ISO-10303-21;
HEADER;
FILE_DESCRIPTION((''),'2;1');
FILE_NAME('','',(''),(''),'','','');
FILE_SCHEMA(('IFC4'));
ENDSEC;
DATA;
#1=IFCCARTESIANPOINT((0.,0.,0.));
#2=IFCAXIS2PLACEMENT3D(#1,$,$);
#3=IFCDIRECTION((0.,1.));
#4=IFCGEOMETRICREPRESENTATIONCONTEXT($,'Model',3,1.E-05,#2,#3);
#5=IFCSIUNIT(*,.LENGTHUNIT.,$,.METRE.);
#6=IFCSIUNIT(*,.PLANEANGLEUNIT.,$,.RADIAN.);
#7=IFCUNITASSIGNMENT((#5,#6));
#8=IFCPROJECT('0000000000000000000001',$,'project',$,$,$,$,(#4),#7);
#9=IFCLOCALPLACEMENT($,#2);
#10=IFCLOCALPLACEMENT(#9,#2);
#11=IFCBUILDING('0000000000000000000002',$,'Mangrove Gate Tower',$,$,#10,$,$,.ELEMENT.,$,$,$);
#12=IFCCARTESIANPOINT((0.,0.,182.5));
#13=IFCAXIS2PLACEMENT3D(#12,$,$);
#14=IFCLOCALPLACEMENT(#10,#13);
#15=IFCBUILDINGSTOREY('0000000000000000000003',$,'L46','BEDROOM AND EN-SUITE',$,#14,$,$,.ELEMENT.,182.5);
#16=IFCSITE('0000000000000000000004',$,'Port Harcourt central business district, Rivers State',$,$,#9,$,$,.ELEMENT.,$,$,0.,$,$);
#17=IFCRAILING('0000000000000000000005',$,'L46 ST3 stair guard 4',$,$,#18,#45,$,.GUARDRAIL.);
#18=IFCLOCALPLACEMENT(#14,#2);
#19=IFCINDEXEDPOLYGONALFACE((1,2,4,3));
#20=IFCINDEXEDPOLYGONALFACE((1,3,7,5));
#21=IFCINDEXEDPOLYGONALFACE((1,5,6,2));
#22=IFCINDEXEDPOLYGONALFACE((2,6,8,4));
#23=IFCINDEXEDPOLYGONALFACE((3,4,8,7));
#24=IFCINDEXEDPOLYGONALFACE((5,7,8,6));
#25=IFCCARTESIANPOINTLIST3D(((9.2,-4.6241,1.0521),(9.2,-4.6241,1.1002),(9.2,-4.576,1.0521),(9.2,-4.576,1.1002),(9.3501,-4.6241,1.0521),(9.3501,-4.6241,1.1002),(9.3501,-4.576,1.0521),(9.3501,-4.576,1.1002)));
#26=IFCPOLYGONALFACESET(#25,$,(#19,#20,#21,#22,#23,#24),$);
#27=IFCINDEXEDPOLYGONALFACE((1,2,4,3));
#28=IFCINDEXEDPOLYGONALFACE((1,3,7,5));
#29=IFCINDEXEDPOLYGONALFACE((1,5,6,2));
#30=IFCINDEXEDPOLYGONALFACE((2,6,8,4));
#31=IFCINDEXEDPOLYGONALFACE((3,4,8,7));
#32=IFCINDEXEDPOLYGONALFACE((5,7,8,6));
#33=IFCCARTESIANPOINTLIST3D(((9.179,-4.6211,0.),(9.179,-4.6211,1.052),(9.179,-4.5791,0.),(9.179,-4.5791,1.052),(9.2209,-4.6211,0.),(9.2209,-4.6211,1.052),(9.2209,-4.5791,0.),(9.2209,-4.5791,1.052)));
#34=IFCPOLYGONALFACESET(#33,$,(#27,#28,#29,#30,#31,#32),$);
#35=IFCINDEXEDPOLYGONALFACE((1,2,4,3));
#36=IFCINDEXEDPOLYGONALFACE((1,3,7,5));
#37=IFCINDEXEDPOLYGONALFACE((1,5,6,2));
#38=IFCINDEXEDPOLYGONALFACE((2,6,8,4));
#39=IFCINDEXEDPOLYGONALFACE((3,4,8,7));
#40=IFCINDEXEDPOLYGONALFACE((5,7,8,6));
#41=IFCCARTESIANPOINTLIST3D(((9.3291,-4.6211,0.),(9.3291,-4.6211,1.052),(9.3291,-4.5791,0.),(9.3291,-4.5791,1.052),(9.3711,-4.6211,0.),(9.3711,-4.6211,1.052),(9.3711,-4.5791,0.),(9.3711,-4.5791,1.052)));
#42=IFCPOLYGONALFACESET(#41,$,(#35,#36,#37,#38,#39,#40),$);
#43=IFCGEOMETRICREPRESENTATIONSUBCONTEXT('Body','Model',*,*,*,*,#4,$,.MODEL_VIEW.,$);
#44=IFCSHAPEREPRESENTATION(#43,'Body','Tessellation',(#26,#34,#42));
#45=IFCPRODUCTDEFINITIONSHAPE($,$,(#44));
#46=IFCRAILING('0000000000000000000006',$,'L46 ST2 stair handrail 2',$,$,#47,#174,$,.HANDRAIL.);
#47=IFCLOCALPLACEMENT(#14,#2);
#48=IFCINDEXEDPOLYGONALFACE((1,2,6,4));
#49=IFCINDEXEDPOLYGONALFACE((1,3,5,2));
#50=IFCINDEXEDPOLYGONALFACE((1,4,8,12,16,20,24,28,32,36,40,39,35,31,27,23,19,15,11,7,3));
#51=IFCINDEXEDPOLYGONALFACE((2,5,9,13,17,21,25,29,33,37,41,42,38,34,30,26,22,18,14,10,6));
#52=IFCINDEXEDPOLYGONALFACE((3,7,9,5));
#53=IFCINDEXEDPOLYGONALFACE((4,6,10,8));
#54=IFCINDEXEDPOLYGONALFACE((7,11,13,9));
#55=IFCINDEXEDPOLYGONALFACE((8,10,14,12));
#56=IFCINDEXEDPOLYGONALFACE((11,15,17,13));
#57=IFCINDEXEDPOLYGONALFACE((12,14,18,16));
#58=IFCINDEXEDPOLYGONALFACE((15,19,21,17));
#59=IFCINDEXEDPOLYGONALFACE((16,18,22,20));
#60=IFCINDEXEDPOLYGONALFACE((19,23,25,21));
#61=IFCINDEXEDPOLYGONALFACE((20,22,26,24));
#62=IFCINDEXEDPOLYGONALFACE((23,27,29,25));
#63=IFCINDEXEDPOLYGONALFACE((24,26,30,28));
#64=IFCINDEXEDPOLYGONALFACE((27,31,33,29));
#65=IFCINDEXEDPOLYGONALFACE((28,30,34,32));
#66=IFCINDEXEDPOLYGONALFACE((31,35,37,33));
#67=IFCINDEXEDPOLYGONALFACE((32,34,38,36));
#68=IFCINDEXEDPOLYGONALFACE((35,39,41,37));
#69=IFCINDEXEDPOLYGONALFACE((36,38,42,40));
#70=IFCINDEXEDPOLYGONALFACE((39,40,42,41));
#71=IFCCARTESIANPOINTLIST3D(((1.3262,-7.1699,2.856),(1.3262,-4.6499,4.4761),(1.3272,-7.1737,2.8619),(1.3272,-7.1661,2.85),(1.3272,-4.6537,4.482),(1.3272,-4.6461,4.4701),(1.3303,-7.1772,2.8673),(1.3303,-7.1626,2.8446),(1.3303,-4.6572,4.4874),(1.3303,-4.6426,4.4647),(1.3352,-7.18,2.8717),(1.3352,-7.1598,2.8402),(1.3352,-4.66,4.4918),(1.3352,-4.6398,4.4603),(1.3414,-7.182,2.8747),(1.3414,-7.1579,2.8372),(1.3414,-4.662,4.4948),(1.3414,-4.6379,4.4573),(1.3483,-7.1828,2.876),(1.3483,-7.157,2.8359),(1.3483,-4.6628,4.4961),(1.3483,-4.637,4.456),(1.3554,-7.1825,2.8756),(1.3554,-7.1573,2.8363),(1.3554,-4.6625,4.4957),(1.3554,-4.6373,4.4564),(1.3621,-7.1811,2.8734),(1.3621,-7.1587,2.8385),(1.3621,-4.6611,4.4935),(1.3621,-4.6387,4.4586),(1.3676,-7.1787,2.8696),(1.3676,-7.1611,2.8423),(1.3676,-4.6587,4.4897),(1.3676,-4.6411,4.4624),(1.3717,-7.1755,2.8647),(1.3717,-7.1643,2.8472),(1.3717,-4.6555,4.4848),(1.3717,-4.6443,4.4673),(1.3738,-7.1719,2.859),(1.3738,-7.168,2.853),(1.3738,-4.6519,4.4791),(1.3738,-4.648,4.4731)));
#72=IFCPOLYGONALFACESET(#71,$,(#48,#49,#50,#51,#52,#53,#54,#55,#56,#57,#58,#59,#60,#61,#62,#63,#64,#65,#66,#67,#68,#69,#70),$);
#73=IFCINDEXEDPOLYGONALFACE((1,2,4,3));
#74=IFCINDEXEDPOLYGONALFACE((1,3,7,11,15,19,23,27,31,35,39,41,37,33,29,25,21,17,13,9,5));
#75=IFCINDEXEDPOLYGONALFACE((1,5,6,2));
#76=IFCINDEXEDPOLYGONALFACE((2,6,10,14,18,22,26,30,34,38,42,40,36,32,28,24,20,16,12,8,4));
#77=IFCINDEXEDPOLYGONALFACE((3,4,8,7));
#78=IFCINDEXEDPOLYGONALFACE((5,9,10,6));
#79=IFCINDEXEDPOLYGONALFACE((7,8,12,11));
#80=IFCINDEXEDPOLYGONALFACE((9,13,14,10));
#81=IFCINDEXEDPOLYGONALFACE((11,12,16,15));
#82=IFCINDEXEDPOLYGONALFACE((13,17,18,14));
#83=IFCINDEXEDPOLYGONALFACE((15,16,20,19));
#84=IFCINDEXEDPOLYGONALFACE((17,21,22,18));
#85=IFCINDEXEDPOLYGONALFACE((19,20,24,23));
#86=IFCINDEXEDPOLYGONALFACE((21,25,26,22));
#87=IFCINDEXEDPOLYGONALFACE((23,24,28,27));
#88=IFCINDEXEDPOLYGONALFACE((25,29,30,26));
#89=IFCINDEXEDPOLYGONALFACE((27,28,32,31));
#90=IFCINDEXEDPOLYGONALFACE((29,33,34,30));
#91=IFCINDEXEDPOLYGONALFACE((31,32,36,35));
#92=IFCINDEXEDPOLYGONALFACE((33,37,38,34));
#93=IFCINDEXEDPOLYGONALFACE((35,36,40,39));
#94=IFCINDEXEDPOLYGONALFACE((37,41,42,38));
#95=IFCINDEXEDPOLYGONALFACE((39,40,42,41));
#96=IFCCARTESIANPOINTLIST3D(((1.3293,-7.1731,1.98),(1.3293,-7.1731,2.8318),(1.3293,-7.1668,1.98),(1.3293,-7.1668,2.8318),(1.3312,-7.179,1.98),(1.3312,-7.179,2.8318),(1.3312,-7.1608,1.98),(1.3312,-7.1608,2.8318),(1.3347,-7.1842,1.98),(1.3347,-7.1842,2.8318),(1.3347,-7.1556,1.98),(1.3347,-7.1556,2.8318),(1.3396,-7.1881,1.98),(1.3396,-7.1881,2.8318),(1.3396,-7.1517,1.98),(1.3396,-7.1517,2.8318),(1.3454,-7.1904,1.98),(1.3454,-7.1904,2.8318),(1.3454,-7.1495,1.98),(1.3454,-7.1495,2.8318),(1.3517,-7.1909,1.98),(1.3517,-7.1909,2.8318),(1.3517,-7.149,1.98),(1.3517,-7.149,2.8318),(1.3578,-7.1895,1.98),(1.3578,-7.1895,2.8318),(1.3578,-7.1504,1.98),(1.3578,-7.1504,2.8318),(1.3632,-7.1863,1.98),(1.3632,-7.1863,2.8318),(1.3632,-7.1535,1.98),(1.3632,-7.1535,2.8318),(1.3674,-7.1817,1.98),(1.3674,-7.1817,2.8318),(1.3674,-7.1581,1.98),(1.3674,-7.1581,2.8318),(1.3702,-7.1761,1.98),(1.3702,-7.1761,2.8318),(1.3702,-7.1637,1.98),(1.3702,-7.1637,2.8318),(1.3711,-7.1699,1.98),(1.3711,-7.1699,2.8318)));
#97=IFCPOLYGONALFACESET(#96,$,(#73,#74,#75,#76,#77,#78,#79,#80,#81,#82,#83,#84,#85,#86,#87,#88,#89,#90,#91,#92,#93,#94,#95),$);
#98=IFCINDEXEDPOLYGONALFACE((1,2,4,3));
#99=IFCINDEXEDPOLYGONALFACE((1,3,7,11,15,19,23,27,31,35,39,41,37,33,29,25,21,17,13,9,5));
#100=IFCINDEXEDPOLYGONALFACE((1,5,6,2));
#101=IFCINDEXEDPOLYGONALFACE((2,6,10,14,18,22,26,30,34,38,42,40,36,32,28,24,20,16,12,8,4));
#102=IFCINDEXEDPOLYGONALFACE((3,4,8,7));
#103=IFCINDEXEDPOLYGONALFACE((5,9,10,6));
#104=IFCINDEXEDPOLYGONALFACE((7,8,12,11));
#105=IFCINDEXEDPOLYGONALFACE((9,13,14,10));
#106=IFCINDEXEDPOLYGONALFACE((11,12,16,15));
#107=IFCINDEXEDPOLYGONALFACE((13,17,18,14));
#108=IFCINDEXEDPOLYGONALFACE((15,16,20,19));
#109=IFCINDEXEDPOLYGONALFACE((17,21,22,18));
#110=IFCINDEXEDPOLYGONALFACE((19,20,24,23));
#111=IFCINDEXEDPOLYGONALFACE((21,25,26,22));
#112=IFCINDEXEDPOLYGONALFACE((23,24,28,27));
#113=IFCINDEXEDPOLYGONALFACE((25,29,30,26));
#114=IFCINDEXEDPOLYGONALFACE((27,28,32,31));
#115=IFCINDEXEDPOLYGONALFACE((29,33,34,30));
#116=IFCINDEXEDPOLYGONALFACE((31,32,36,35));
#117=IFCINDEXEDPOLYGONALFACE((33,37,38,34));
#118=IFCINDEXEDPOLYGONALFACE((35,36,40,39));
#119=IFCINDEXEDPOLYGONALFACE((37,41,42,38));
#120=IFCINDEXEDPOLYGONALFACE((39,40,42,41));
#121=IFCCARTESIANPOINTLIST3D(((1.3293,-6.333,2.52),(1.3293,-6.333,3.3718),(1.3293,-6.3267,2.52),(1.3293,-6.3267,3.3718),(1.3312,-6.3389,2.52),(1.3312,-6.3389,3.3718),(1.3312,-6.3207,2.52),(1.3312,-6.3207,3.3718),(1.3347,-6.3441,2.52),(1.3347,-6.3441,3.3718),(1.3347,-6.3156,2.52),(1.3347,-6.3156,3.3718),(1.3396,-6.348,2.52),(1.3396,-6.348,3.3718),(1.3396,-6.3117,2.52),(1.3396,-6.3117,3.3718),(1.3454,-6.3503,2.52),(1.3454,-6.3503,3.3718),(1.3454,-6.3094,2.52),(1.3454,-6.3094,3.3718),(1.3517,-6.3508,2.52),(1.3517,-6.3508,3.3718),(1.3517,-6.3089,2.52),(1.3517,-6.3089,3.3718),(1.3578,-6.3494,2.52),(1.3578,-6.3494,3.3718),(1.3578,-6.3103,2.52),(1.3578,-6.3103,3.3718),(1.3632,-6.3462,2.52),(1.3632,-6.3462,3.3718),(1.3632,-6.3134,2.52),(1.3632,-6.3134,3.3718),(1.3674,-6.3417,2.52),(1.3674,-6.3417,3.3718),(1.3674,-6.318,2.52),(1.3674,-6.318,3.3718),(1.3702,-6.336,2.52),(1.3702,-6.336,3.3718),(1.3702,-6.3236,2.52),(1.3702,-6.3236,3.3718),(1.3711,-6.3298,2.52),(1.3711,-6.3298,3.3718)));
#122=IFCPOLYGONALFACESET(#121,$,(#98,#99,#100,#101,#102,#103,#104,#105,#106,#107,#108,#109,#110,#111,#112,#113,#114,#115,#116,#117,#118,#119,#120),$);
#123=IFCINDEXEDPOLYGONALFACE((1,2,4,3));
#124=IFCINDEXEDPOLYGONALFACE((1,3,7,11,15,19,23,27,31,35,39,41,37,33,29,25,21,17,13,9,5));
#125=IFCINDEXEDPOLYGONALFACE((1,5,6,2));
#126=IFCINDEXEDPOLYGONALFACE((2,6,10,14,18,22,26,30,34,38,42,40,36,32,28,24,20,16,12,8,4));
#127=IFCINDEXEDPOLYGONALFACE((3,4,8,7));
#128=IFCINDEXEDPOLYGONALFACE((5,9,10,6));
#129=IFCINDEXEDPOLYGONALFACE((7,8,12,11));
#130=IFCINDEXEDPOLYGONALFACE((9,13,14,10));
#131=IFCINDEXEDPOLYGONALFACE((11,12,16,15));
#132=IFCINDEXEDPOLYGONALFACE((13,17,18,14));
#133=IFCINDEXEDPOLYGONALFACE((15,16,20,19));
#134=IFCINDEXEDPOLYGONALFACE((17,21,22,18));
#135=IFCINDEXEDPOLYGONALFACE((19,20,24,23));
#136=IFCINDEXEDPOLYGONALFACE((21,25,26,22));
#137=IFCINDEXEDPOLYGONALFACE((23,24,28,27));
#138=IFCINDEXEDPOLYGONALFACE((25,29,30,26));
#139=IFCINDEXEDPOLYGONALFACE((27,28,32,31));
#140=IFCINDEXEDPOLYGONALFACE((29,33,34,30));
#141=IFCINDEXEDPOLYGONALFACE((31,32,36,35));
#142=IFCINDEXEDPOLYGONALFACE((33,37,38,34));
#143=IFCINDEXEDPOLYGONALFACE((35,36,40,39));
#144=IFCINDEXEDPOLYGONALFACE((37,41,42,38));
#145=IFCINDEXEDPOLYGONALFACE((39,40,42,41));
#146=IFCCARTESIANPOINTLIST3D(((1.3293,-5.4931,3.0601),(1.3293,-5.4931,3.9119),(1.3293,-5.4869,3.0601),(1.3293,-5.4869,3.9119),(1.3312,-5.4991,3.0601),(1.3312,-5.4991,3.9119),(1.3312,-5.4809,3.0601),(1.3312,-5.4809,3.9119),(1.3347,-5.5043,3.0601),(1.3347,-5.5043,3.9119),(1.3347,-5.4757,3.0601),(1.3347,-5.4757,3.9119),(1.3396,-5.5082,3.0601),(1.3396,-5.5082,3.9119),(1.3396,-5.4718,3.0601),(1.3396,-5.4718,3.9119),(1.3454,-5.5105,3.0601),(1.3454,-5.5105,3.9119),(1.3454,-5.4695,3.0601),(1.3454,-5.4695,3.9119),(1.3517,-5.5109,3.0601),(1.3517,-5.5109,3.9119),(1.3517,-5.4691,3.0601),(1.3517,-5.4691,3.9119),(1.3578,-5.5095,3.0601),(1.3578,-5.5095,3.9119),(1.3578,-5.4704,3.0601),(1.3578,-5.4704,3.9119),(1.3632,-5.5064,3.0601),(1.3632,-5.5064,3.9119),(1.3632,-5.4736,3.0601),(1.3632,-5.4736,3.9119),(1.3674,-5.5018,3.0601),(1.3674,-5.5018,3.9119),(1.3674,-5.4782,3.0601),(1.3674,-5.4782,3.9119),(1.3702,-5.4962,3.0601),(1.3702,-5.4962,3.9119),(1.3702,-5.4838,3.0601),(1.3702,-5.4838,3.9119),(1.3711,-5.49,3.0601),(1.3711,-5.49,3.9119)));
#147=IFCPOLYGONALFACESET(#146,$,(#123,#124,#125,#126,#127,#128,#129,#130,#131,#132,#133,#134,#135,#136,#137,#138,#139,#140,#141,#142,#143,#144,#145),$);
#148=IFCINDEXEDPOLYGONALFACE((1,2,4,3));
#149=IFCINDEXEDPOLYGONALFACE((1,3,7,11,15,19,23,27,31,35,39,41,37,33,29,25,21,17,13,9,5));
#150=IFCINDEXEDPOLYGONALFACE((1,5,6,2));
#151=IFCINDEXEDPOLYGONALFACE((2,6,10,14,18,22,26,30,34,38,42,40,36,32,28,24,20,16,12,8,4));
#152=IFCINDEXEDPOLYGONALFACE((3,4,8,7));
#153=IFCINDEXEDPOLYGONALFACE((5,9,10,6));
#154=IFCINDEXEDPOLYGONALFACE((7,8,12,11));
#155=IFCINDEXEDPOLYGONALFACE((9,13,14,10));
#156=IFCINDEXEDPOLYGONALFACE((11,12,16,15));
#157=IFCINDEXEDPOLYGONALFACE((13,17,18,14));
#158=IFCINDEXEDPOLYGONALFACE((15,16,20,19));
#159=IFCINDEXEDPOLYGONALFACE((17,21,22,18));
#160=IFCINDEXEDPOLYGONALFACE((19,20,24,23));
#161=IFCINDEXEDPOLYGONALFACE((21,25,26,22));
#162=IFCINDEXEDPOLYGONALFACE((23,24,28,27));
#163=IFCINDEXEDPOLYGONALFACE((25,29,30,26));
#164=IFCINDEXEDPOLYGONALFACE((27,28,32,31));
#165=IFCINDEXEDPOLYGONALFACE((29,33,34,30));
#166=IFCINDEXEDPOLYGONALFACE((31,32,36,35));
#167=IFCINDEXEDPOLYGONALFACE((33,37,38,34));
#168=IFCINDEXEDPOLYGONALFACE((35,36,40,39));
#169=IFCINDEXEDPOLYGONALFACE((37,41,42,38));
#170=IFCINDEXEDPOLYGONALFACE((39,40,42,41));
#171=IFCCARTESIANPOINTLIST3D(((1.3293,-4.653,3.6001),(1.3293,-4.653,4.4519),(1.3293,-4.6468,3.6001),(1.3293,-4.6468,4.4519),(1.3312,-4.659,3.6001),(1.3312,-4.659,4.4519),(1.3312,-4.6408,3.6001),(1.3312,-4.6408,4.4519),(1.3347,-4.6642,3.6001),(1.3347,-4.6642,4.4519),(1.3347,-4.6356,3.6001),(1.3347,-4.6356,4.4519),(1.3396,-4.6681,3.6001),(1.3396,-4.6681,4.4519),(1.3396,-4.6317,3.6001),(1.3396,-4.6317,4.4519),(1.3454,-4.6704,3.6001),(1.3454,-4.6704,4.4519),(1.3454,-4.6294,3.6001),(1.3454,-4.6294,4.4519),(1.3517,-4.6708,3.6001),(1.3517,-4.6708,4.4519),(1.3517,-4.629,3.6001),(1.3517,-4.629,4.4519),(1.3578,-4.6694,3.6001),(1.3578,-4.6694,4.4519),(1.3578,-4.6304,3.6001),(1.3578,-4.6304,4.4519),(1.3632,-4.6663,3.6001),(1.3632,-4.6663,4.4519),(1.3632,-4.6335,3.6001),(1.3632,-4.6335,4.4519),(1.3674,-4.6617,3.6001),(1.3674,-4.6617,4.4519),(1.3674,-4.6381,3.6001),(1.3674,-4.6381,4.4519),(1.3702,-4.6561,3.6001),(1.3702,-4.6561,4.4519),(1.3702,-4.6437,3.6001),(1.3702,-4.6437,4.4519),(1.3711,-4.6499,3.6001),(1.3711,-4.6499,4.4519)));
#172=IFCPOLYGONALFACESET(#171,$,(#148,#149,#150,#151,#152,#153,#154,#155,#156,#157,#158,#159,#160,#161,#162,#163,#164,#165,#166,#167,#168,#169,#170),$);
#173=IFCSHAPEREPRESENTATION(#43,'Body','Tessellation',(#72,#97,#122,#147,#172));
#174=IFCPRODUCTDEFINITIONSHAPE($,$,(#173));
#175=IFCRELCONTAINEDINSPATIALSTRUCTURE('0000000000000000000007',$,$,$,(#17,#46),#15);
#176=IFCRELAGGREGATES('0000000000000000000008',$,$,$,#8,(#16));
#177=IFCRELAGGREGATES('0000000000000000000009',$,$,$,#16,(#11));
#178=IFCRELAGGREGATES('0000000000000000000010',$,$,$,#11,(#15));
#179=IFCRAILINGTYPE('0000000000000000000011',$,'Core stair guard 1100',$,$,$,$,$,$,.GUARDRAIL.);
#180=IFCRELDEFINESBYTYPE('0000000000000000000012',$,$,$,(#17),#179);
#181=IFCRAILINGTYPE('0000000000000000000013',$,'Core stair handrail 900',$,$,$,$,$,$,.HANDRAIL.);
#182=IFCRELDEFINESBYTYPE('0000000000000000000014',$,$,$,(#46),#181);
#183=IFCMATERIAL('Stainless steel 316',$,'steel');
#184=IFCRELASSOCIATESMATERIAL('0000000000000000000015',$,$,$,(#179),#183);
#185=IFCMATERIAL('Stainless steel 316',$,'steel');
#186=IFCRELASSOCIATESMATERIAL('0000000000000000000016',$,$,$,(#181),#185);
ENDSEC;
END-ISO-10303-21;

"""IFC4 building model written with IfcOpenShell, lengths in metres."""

from ifc_helpers import new_model, si_unit, direction, frame, origin, origin_2d, place, context, subcontext, project, spatial, rectangle, circle, extrude, material, type_object, element, save


model = new_model("IFC4")

# Units and contexts
model_context = context("Model", 3, precision=1e-05, world=origin(), true_north=direction((0.0, 1.0)))
body_context = subcontext(model_context, "Body", "Model", "MODEL_VIEW")
ifc_project = project(units=[si_unit("LENGTHUNIT", "METRE"), si_unit("PLANEANGLEUNIT", "RADIAN")], contexts=[model_context])

# Site, building, storey
site_placement = place(None, origin())
site = spatial("IfcSite", under=ifc_project, at=site_placement, Name="Port Harcourt central business district, Rivers State", CompositionType="ELEMENT", RefElevation=0.0)
building_placement = place(site_placement, origin())
building = spatial("IfcBuilding", under=site, at=building_placement, Name="Mangrove Gate Tower", CompositionType="ELEMENT")
storey_placement = place(building_placement, frame((0.0, 0.0, 182.5)))
storey = spatial("IfcBuildingStorey", under=building, at=storey_placement, Name="L46", Description="BEDROOM AND EN-SUITE", CompositionType="ELEMENT", Elevation=182.5)

# Railings
ifc_material_1 = material(Name="Stainless steel 316", Category="steel")
railing_type_1 = type_object("IfcRailingType", Name="Core stair guard 1100", PredefinedType="GUARDRAIL", material=ifc_material_1)
railing_1_placement = place(storey_placement, frame((9.2, -4.6001, 0.0)))
element("IfcRailing", 1, at=railing_1_placement, inside=storey, type_object=railing_type_1, Name="L46 ST3 stair guard 4", PredefinedType="GUARDRAIL", context=body_context, shape_type="SweptSolid", body=[
    extrude(rectangle(XDim=0.0481, YDim=0.0481, at=origin_2d()), frame((0.0, 0.0, 1.0762), z_axis=(1.0, 0.0, 0.0), x_axis=(0.0, 1.0, 0.0)), (0.0, 0.0, 1.0), 0.1501),
    extrude(rectangle(XDim=0.042, YDim=0.042, at=origin_2d()), origin(), (0.0, 0.0, 1.0), 1.052),
    extrude(rectangle(XDim=0.042, YDim=0.042, at=origin_2d()), frame((0.1501, 0.0, 0.0)), (0.0, 0.0, 1.0), 1.052),
])
ifc_material_2 = material(Name="Stainless steel 316", Category="steel")
railing_type_2 = type_object("IfcRailingType", Name="Core stair handrail 900", PredefinedType="HANDRAIL", material=ifc_material_2)
railing_2_placement = place(storey_placement, frame((1.3501, -7.1699, 1.98)))
element("IfcRailing", 2, at=railing_2_placement, inside=storey, type_object=railing_type_2, Name="L46 ST2 stair handrail 2", PredefinedType="HANDRAIL", context=body_context, shape_type="SweptSolid", body=[
    extrude(circle(Radius=0.0239, at=origin_2d()), frame((0.0, 0.0, 0.876), z_axis=(0.0, 0.841163, 0.540782), x_axis=(-1.0, 0.0, 0.0)), (0.0, 0.0, 1.0), 2.9958),
    extrude(circle(Radius=0.021, at=origin_2d()), origin(), (0.0, 0.0, 1.0), 0.8518),
    extrude(circle(Radius=0.021, at=origin_2d()), frame((0.0, 0.8401, 0.54)), (0.0, 0.0, 1.0), 0.8518),
    extrude(circle(Radius=0.021, at=origin_2d()), frame((0.0, 1.6799, 1.0801)), (0.0, 0.0, 1.0), 0.8518),
    extrude(circle(Radius=0.021, at=origin_2d()), frame((0.0, 2.52, 1.6201)), (0.0, 0.0, 1.0), 0.8518),
])

save(model, "model.ifc")
